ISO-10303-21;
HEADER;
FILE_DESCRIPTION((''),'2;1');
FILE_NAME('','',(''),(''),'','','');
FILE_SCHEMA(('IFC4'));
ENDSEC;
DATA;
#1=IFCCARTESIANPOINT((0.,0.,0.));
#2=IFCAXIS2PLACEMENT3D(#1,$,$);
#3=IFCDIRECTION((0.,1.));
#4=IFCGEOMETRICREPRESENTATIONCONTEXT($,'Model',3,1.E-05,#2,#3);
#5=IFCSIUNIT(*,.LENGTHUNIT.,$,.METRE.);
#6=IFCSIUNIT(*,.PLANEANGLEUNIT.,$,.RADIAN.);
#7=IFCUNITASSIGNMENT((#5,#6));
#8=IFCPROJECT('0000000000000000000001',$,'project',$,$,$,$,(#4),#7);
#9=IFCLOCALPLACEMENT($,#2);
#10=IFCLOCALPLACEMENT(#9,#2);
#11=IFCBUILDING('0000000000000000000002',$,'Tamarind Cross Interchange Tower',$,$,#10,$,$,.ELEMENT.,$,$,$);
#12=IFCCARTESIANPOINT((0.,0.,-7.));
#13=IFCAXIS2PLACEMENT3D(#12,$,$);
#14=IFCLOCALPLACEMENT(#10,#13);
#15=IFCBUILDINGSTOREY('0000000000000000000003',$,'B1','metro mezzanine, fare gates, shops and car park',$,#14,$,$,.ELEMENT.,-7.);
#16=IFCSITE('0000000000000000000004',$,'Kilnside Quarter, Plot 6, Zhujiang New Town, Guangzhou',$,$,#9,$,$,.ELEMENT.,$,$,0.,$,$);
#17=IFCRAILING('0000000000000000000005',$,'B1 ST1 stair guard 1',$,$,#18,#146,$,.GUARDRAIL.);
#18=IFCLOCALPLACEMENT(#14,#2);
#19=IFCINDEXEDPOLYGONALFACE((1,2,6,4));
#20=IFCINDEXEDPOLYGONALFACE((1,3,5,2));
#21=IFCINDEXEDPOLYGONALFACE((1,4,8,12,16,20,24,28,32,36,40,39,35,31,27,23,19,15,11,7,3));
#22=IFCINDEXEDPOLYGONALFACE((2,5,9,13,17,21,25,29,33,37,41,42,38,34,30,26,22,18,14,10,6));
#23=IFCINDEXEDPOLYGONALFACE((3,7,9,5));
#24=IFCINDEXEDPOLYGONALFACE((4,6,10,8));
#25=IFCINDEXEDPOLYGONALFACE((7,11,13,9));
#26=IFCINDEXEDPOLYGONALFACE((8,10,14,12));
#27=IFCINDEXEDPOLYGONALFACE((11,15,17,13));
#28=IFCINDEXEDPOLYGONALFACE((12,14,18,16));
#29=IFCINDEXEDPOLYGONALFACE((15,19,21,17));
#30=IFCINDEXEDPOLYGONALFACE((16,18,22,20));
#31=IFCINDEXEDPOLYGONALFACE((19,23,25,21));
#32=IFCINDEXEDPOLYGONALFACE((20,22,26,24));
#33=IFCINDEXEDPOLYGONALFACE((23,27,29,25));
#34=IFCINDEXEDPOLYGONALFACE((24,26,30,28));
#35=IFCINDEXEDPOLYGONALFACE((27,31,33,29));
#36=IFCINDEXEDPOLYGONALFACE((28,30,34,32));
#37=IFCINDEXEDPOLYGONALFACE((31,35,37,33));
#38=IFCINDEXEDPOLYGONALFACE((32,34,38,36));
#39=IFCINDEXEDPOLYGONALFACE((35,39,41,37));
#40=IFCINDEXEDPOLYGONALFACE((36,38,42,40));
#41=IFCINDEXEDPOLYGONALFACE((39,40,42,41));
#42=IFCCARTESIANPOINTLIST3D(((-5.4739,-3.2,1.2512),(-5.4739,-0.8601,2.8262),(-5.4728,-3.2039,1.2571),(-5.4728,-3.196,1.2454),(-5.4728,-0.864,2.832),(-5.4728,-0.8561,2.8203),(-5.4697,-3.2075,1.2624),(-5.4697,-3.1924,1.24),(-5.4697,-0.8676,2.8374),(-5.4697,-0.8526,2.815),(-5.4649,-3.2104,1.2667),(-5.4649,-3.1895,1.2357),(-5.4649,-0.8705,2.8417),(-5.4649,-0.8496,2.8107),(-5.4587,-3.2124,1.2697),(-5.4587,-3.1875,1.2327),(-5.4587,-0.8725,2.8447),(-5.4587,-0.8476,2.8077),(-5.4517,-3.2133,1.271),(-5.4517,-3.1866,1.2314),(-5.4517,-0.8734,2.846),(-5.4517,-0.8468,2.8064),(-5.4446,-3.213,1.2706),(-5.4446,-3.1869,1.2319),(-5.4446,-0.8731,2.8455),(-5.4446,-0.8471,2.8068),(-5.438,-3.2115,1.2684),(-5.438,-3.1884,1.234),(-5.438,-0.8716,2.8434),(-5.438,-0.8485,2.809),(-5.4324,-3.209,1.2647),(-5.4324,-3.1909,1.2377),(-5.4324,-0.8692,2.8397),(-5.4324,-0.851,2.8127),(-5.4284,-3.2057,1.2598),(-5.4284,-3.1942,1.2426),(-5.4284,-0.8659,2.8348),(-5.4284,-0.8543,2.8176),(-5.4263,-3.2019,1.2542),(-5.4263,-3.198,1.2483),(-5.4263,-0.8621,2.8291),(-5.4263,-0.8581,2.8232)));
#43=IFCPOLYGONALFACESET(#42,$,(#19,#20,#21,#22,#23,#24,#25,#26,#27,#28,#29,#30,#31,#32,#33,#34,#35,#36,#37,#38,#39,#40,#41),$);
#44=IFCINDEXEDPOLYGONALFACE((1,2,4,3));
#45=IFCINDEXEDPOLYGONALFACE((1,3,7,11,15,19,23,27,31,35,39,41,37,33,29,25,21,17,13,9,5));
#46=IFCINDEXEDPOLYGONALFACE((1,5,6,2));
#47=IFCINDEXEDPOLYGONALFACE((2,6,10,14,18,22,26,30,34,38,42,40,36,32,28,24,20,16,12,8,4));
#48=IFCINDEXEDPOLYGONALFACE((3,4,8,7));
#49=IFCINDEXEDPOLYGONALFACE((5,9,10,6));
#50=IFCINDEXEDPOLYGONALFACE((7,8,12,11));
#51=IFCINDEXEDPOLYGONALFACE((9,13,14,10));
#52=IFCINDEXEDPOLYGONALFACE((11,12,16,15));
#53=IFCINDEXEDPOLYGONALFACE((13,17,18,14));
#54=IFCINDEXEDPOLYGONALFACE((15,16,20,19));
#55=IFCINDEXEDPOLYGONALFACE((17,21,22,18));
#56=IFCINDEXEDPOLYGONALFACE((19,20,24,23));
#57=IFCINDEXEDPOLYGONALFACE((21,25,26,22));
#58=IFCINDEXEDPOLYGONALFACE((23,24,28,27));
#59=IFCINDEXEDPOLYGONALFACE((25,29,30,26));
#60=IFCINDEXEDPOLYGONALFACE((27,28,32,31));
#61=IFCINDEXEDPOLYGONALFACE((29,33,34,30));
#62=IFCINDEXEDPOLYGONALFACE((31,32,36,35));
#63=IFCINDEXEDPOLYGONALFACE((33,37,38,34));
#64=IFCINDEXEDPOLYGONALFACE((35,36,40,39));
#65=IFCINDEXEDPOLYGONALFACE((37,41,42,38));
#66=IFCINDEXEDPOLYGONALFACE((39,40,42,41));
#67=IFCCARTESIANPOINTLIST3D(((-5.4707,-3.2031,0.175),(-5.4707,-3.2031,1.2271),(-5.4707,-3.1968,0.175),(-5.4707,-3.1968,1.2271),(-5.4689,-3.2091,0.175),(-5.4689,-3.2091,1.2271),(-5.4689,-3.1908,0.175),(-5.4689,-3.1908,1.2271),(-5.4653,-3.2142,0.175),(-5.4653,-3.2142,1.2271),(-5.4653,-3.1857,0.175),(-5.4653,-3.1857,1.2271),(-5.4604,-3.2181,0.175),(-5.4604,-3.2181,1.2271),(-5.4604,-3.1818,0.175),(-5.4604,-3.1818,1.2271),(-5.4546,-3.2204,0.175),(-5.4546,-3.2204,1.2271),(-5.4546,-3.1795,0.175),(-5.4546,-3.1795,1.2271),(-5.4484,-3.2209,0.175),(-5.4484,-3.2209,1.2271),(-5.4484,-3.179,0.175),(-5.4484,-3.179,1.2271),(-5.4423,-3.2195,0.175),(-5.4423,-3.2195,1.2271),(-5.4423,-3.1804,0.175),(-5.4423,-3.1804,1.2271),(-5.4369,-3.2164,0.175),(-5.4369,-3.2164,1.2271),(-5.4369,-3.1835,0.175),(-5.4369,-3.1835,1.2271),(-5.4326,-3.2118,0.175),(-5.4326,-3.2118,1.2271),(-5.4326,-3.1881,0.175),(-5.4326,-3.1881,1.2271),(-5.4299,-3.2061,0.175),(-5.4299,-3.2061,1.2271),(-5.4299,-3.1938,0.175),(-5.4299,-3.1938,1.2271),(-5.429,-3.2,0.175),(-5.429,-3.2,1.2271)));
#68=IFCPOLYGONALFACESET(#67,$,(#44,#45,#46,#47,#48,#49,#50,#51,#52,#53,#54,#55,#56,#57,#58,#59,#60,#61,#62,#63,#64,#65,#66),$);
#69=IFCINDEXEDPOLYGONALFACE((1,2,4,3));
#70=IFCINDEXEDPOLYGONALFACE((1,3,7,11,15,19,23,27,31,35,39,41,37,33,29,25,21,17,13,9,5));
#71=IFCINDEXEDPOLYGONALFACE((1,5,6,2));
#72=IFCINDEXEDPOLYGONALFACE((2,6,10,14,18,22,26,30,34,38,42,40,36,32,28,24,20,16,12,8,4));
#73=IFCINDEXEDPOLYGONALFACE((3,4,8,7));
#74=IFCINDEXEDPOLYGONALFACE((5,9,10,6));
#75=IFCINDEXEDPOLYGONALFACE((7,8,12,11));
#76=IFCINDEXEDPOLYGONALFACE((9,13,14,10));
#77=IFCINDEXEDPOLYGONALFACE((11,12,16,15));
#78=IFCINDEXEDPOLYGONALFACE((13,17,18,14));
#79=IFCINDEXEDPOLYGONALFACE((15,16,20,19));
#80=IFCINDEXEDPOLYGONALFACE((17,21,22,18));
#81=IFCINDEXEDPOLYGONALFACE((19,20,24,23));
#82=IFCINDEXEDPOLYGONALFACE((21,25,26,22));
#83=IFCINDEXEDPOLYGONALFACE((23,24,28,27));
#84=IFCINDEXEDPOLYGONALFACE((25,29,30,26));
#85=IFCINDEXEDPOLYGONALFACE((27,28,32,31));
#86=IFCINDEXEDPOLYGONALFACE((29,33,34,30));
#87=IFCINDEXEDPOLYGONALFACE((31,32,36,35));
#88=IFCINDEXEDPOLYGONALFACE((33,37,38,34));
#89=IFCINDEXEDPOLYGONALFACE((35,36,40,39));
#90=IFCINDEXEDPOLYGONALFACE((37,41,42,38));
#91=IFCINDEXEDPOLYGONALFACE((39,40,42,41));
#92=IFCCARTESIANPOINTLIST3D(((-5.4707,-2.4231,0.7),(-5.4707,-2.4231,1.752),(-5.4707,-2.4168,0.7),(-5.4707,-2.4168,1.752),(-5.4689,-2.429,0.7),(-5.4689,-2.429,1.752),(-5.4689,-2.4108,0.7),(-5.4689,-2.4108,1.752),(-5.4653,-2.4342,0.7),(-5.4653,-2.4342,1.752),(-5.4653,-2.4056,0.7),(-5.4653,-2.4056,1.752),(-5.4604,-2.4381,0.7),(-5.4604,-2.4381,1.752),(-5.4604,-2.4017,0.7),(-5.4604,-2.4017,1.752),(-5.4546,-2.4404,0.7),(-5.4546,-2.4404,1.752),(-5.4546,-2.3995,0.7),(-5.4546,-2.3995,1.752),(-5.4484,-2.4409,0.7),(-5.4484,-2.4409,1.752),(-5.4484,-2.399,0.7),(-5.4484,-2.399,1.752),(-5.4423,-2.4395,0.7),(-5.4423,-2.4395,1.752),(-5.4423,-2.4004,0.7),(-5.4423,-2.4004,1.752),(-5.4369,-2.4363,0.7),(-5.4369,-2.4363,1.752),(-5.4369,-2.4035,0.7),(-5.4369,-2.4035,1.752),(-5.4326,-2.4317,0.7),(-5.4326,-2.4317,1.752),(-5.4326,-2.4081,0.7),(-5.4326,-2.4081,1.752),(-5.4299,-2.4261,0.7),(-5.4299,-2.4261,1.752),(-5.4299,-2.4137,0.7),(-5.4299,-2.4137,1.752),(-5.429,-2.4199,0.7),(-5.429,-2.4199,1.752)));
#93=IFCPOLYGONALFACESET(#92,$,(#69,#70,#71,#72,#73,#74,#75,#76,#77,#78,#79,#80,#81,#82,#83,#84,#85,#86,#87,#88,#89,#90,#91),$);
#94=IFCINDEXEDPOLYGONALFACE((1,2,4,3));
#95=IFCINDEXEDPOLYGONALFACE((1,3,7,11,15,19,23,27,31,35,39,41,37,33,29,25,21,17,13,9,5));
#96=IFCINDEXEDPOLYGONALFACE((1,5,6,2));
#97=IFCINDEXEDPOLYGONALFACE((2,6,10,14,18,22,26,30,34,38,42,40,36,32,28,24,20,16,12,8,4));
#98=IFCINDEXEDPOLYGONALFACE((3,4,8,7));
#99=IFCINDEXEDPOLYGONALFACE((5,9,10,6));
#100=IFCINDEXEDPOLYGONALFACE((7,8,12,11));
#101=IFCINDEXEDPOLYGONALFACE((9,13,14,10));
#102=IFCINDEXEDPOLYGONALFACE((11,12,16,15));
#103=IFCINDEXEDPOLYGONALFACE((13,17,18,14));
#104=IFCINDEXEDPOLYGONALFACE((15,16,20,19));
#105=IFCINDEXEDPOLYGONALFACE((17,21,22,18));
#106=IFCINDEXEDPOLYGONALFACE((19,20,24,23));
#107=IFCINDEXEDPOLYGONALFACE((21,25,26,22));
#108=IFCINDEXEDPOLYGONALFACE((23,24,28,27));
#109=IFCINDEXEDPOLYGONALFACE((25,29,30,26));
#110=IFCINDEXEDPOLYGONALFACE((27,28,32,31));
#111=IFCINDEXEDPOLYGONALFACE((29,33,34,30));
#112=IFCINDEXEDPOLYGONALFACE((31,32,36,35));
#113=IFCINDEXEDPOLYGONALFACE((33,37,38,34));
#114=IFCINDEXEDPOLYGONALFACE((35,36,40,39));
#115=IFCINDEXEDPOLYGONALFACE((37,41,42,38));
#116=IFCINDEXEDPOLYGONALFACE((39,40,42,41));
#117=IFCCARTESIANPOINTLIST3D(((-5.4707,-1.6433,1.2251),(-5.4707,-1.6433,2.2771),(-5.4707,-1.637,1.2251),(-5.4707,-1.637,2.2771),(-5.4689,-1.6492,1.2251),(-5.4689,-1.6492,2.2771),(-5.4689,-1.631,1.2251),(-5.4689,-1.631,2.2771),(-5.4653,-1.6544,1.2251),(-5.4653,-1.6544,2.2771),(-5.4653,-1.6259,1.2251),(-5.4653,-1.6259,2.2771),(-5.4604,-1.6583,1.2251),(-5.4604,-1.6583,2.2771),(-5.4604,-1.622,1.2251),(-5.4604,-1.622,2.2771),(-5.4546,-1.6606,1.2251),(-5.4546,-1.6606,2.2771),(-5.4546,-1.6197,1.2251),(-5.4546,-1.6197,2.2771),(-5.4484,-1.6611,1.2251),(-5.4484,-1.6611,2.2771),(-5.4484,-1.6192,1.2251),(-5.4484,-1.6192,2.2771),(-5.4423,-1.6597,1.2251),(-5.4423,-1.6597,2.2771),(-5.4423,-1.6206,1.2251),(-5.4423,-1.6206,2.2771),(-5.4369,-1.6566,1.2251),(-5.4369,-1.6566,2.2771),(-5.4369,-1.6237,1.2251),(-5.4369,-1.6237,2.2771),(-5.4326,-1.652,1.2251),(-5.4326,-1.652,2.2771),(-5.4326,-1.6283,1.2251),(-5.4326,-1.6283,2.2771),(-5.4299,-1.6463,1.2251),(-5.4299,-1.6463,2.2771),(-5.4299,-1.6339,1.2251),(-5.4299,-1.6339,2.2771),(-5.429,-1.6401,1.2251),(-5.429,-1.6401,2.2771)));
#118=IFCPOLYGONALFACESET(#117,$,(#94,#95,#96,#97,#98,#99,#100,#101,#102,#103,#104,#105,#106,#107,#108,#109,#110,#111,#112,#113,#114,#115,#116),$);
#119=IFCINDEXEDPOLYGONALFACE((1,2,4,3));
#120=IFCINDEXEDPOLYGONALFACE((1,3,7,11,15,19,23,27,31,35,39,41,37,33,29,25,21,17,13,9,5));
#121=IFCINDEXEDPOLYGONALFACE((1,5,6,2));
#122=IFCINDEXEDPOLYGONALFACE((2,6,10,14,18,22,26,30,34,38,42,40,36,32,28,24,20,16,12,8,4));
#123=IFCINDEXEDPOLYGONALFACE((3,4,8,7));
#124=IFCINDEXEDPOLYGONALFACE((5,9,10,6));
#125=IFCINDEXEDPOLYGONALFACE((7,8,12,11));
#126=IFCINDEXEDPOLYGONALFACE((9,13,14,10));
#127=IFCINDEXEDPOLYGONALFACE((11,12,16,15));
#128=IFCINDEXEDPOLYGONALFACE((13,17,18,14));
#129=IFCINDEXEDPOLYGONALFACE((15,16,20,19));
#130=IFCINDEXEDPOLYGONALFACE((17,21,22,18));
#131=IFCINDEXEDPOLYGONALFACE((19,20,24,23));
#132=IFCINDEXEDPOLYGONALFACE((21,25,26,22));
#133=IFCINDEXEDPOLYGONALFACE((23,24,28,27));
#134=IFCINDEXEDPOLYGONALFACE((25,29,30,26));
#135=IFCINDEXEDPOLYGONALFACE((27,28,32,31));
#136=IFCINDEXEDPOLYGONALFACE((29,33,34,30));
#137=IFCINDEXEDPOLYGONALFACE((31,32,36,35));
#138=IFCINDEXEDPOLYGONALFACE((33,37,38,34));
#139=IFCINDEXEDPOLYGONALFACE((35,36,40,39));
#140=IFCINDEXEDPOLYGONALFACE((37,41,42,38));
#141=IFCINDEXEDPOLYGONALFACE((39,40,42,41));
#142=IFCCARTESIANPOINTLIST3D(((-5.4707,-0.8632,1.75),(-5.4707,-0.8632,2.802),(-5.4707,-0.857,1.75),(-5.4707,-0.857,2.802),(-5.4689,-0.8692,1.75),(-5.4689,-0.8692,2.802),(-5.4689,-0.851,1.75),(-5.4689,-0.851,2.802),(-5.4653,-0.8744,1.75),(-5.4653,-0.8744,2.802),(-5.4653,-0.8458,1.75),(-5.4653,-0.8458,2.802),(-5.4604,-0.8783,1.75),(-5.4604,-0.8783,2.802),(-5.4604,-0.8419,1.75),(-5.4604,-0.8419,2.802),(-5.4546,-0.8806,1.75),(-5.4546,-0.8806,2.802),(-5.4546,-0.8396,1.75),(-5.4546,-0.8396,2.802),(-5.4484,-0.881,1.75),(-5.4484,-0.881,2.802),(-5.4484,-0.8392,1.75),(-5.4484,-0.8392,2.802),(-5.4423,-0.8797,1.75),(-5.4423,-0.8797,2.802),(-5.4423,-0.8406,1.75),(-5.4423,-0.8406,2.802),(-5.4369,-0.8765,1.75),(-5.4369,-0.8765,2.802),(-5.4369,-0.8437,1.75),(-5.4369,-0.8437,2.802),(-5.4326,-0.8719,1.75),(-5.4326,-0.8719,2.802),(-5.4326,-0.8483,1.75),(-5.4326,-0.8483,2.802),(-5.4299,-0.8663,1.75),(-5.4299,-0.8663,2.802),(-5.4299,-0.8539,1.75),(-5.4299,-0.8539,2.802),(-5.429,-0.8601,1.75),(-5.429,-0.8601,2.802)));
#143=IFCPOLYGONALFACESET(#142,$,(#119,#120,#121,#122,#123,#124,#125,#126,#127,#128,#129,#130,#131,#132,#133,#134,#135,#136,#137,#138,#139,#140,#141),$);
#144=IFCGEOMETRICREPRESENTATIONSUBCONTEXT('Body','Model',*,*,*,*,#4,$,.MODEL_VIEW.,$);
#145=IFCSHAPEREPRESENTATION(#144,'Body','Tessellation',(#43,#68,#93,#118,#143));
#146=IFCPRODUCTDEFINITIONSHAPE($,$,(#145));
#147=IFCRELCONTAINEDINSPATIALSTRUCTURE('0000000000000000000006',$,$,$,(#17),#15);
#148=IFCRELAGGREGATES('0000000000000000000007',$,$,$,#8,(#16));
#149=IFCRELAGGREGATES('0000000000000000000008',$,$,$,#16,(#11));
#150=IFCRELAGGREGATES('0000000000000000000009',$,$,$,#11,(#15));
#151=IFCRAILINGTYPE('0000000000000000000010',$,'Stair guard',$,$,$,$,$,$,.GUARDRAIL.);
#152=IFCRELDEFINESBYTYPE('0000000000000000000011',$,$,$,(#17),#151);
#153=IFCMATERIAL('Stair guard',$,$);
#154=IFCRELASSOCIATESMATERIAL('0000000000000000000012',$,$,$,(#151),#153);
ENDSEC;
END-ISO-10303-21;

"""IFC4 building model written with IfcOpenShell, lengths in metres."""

from ifc_helpers import new_model, si_unit, direction, frame, origin, origin_2d, place, context, subcontext, project, spatial, circle, extrude, material, type_object, element, save


model = new_model("IFC4")

# Units and contexts
model_context = context("Model", 3, precision=1e-05, world=origin(), true_north=direction((0.0, 1.0)))
body_context = subcontext(model_context, "Body", "Model", "MODEL_VIEW")
ifc_project = project(units=[si_unit("LENGTHUNIT", "METRE"), si_unit("PLANEANGLEUNIT", "RADIAN")], contexts=[model_context])

# Site, building, storey
site_placement = place(None, origin())
site = spatial("IfcSite", under=ifc_project, at=site_placement, Name="Kilnside Quarter, Plot 6, Zhujiang New Town, Guangzhou", CompositionType="ELEMENT", RefElevation=0.0)
building_placement = place(site_placement, origin())
building = spatial("IfcBuilding", under=site, at=building_placement, Name="Tamarind Cross Interchange Tower", CompositionType="ELEMENT")
storey_placement = place(building_placement, frame((0.0, 0.0, -7.0)))
storey = spatial("IfcBuildingStorey", under=building, at=storey_placement, Name="B1", Description="metro mezzanine, fare gates, shops and car park", CompositionType="ELEMENT", Elevation=-7.0)

# Railing
ifc_material_1 = material(Name="Stair guard")
railing_type_1 = type_object("IfcRailingType", Name="Stair guard", PredefinedType="GUARDRAIL", material=ifc_material_1)
railing_1_placement = place(storey_placement, frame((-5.45, -3.2, 0.175)))
element("IfcRailing", 1, at=railing_1_placement, inside=storey, type_object=railing_type_1, Name="B1 ST1 stair guard 1", PredefinedType="GUARDRAIL", context=body_context, shape_type="SweptSolid", body=[
    extrude(circle(Radius=0.0239, at=origin_2d()), frame((0.0, 0.0, 1.0762), z_axis=(0.0, 0.829578, 0.55839), x_axis=(-1.0, 0.0, 0.0)), (0.0, 0.0, 1.0), 2.8206),
    extrude(circle(Radius=0.021, at=origin_2d()), origin(), (0.0, 0.0, 1.0), 1.052),
    extrude(circle(Radius=0.021, at=origin_2d()), frame((0.0, 0.78, 0.5249)), (0.0, 0.0, 1.0), 1.052),
    extrude(circle(Radius=0.021, at=origin_2d()), frame((0.0, 1.5598, 1.05)), (0.0, 0.0, 1.0), 1.052),
    extrude(circle(Radius=0.021, at=origin_2d()), frame((0.0, 2.3398, 1.575)), (0.0, 0.0, 1.0), 1.052),
])

save(model, "model.ifc")
